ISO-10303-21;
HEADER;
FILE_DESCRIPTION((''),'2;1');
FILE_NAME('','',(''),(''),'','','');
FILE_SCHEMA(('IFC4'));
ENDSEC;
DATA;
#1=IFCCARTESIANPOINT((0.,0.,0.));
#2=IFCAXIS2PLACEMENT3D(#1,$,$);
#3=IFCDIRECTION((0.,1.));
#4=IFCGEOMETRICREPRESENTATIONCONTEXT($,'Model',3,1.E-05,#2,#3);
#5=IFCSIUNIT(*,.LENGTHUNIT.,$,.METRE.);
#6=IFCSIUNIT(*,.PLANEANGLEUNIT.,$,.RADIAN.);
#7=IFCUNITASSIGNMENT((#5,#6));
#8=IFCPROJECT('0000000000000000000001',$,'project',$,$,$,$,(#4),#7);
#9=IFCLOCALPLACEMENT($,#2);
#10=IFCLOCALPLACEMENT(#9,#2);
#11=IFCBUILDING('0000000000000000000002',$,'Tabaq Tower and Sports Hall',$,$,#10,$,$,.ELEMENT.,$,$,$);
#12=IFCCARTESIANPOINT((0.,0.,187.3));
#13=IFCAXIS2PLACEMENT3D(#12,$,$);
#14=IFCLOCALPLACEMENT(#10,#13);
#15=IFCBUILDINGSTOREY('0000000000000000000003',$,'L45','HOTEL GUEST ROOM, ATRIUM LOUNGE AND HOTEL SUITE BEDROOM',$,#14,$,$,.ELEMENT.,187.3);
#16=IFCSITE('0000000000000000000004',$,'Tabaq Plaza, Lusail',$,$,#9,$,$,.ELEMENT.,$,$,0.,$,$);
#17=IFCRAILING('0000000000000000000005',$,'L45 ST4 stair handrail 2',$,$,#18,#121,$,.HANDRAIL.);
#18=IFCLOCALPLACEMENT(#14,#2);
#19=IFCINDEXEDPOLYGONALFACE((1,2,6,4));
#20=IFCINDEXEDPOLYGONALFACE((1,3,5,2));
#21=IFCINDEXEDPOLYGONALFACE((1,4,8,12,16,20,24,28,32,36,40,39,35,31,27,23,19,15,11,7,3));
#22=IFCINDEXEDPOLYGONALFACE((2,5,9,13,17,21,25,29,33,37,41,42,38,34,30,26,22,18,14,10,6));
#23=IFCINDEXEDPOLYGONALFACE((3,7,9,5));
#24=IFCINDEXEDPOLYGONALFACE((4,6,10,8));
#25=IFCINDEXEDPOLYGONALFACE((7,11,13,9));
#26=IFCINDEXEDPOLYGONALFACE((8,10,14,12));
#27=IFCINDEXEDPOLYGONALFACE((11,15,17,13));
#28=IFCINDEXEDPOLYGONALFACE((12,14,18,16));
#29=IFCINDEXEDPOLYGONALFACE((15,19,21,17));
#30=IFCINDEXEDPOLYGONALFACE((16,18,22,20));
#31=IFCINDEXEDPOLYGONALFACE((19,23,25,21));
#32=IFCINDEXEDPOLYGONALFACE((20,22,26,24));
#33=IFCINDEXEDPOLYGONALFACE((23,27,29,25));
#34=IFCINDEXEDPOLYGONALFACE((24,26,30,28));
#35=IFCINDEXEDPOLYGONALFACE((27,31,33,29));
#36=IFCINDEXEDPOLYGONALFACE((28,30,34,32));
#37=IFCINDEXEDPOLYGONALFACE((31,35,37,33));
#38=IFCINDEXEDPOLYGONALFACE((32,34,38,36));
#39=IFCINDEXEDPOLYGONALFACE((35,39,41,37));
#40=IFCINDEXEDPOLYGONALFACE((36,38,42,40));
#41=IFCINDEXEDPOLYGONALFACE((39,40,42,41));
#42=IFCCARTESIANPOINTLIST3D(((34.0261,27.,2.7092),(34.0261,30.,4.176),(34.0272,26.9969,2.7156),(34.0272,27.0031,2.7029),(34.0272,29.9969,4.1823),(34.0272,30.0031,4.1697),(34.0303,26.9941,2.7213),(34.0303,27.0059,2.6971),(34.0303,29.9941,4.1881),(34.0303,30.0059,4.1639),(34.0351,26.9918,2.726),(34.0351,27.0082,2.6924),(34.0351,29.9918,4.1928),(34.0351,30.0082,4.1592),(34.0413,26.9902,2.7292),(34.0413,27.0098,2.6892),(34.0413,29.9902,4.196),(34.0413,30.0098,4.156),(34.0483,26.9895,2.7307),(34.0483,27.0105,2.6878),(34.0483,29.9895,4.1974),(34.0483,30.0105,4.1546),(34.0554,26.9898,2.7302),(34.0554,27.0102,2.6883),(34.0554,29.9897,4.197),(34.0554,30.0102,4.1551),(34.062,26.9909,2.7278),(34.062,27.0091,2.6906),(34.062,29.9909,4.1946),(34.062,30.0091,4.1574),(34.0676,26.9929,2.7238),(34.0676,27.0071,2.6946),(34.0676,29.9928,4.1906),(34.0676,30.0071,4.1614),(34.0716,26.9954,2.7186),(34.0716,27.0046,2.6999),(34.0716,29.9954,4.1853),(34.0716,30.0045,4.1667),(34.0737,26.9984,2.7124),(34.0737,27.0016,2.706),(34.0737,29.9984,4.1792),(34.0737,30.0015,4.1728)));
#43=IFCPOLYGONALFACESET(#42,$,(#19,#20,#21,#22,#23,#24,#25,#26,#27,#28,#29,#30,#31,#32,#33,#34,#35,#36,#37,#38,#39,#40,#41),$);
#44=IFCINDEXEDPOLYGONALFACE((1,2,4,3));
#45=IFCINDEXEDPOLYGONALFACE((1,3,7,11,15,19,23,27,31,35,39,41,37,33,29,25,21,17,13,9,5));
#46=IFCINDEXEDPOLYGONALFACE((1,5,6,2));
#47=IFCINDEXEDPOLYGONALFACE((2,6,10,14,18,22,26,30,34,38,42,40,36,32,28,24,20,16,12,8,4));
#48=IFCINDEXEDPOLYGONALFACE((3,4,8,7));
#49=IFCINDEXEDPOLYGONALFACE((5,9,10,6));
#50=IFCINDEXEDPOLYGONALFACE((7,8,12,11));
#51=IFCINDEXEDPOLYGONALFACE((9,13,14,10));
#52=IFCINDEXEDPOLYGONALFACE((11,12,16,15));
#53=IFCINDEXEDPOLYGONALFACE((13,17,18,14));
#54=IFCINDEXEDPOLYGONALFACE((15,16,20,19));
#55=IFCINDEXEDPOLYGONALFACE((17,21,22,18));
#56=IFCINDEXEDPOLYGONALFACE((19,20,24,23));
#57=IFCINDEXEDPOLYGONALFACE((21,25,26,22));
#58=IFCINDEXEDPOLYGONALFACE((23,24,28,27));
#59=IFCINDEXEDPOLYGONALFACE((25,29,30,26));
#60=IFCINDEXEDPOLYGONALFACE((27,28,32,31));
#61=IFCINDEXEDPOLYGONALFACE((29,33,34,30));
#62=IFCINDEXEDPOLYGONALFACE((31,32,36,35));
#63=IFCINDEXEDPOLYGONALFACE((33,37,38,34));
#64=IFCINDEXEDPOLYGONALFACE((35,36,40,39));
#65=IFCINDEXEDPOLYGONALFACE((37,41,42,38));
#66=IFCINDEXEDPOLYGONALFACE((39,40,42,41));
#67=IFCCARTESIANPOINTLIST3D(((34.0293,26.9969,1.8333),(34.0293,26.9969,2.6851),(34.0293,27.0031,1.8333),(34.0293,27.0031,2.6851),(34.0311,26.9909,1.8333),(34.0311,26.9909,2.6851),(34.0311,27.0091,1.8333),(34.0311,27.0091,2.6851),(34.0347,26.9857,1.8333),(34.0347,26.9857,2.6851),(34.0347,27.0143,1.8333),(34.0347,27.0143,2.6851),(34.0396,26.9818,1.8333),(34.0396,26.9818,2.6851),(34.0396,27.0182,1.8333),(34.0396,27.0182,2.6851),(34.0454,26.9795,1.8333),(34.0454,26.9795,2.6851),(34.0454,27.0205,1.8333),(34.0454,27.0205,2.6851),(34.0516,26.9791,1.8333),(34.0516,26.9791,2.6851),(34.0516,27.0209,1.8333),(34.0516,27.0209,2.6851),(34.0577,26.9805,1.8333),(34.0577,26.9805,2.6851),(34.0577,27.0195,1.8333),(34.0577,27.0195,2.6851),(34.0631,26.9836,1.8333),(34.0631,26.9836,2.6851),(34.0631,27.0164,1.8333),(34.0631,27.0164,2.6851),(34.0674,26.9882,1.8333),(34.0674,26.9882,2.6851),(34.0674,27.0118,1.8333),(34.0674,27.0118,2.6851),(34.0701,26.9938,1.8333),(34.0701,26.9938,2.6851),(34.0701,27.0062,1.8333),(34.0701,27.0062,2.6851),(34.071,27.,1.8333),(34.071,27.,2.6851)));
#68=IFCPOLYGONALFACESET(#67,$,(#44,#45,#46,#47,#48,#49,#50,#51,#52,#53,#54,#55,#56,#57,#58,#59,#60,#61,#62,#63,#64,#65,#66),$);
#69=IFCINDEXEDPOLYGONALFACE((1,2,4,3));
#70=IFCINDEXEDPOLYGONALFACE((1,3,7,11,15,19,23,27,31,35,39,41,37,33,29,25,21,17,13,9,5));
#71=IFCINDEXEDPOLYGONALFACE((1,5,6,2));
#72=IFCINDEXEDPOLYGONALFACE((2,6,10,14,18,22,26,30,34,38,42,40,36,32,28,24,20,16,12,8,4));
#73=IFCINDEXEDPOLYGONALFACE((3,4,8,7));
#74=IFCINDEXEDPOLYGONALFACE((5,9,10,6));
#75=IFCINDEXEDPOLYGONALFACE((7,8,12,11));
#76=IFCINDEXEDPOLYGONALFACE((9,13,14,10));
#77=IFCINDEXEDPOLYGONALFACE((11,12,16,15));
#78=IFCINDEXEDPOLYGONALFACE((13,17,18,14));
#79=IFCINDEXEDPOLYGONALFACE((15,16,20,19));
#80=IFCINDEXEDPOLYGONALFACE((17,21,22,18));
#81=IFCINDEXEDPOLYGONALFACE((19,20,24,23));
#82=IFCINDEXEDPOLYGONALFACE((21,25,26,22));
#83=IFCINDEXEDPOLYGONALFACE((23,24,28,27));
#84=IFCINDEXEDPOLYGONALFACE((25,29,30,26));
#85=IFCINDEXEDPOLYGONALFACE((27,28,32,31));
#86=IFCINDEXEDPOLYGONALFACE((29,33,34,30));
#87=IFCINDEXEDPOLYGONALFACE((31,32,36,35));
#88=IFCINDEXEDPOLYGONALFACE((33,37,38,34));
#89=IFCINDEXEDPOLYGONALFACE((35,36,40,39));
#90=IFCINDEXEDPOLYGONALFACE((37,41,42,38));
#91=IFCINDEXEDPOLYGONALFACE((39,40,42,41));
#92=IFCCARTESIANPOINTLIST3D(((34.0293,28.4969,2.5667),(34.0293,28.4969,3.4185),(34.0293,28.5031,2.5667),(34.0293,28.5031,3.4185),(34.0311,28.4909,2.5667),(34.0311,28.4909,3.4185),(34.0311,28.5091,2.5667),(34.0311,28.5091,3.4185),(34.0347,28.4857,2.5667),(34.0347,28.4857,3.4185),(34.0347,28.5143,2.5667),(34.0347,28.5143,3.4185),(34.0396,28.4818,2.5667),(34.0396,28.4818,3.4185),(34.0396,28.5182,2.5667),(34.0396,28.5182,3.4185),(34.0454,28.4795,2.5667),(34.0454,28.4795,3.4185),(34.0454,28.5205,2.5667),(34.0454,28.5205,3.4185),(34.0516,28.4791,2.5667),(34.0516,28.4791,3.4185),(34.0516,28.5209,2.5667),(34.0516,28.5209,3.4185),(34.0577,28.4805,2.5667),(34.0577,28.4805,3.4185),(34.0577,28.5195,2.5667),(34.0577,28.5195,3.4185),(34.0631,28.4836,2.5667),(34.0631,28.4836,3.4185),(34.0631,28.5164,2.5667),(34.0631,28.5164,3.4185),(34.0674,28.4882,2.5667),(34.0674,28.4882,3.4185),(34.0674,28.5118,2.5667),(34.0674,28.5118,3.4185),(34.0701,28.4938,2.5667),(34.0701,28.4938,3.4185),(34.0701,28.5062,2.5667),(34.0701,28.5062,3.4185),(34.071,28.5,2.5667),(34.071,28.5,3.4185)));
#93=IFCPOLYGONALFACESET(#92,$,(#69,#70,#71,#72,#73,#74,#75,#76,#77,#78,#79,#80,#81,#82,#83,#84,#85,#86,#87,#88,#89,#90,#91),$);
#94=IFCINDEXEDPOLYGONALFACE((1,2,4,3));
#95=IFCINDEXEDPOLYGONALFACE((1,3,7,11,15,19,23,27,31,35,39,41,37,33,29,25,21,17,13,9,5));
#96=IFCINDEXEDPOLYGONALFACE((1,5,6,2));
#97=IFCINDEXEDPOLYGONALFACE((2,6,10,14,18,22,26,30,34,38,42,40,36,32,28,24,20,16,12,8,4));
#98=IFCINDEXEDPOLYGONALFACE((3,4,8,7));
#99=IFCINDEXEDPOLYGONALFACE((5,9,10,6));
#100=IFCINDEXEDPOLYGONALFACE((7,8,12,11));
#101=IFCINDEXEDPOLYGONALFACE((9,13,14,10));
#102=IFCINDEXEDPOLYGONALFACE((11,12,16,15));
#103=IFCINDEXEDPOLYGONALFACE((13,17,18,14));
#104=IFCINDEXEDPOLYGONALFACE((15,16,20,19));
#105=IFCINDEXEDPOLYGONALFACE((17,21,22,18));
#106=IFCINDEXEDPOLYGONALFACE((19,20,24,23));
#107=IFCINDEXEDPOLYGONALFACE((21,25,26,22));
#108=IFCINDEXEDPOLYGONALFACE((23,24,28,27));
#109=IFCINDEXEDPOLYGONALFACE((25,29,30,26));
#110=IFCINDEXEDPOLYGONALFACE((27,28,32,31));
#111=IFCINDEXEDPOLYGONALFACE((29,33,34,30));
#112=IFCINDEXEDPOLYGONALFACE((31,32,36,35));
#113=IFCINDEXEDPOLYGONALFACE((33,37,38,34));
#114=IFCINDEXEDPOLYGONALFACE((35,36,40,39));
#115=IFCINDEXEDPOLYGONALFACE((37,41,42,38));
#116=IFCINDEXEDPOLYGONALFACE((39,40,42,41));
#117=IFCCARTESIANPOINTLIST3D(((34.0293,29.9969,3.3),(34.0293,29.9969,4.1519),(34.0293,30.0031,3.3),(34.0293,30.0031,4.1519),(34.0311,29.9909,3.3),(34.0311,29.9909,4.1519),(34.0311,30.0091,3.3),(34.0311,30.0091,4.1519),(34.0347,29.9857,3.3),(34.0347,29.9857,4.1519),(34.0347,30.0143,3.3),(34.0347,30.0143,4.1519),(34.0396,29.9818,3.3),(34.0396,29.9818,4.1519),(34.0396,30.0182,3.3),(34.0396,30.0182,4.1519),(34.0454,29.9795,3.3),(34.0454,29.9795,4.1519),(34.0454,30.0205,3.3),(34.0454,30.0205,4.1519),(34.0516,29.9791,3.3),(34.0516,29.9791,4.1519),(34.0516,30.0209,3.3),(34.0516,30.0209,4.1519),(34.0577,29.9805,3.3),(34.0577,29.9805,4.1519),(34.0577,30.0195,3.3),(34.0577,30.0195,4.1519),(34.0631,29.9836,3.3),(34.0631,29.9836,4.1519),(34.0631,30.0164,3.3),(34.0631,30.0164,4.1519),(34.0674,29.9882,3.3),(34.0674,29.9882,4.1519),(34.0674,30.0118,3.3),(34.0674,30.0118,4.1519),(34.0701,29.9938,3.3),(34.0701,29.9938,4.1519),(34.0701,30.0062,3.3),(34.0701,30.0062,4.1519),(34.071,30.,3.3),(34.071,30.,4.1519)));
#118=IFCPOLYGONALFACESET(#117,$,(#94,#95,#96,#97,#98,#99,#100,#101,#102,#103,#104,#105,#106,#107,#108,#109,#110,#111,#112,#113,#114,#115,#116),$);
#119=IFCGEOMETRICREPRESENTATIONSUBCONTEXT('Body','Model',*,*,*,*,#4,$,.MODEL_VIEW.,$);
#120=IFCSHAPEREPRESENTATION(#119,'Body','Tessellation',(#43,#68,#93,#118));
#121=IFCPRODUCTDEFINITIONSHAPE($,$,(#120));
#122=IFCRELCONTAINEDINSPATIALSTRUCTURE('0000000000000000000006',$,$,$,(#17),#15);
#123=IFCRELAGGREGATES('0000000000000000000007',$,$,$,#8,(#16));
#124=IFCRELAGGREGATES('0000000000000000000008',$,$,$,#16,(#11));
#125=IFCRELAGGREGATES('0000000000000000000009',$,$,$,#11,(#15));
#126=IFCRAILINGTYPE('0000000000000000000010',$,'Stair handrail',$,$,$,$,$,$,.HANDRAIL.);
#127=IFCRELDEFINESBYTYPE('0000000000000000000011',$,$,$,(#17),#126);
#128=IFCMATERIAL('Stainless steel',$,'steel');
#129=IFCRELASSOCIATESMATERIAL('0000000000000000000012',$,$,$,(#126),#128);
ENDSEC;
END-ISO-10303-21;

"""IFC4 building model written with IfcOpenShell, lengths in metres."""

from ifc_helpers import new_model, si_unit, direction, frame, origin, origin_2d, place, context, subcontext, project, spatial, circle, extrude, material, type_object, element, save


model = new_model("IFC4")

# Units and contexts
model_context = context("Model", 3, precision=1e-05, world=origin(), true_north=direction((0.0, 1.0)))
body_context = subcontext(model_context, "Body", "Model", "MODEL_VIEW")
ifc_project = project(units=[si_unit("LENGTHUNIT", "METRE"), si_unit("PLANEANGLEUNIT", "RADIAN")], contexts=[model_context])

# Site, building, storey
site_placement = place(None, origin())
site = spatial("IfcSite", under=ifc_project, at=site_placement, Name="Tabaq Plaza, Lusail", CompositionType="ELEMENT", RefElevation=0.0)
building_placement = place(site_placement, origin())
building = spatial("IfcBuilding", under=site, at=building_placement, Name="Tabaq Tower and Sports Hall", CompositionType="ELEMENT")
storey_placement = place(building_placement, frame((0.0, 0.0, 187.3)))
storey = spatial("IfcBuildingStorey", under=building, at=storey_placement, Name="L45", Description="HOTEL GUEST ROOM, ATRIUM LOUNGE AND HOTEL SUITE BEDROOM", CompositionType="ELEMENT", Elevation=187.3)

# Railing
ifc_material_1 = material(Name="Stainless steel", Category="steel")
railing_type = type_object("IfcRailingType", Name="Stair handrail", PredefinedType="HANDRAIL", material=ifc_material_1)
railing_placement = place(storey_placement, frame((34.05, 27.0, 1.8333)))
element("IfcRailing", 1, at=railing_placement, inside=storey, type_object=railing_type, Name="L45 ST4 stair handrail 2", PredefinedType="HANDRAIL", context=body_context, shape_type="SweptSolid", body=[
    extrude(circle(Radius=0.0239, at=origin_2d()), frame((0.0, 0.0, 0.876), z_axis=(0.0, 0.898369, 0.439242), x_axis=(-1.0, 0.0, 0.0)), (0.0, 0.0, 1.0), 3.3394),
    extrude(circle(Radius=0.021, at=origin_2d()), origin(), (0.0, 0.0, 1.0), 0.8518),
    extrude(circle(Radius=0.021, at=origin_2d()), frame((0.0, 1.5, 0.7334)), (0.0, 0.0, 1.0), 0.8518),
    extrude(circle(Radius=0.021, at=origin_2d()), frame((0.0, 3.0, 1.4668)), (0.0, 0.0, 1.0), 0.8518),
])

save(model, "model.ifc")
